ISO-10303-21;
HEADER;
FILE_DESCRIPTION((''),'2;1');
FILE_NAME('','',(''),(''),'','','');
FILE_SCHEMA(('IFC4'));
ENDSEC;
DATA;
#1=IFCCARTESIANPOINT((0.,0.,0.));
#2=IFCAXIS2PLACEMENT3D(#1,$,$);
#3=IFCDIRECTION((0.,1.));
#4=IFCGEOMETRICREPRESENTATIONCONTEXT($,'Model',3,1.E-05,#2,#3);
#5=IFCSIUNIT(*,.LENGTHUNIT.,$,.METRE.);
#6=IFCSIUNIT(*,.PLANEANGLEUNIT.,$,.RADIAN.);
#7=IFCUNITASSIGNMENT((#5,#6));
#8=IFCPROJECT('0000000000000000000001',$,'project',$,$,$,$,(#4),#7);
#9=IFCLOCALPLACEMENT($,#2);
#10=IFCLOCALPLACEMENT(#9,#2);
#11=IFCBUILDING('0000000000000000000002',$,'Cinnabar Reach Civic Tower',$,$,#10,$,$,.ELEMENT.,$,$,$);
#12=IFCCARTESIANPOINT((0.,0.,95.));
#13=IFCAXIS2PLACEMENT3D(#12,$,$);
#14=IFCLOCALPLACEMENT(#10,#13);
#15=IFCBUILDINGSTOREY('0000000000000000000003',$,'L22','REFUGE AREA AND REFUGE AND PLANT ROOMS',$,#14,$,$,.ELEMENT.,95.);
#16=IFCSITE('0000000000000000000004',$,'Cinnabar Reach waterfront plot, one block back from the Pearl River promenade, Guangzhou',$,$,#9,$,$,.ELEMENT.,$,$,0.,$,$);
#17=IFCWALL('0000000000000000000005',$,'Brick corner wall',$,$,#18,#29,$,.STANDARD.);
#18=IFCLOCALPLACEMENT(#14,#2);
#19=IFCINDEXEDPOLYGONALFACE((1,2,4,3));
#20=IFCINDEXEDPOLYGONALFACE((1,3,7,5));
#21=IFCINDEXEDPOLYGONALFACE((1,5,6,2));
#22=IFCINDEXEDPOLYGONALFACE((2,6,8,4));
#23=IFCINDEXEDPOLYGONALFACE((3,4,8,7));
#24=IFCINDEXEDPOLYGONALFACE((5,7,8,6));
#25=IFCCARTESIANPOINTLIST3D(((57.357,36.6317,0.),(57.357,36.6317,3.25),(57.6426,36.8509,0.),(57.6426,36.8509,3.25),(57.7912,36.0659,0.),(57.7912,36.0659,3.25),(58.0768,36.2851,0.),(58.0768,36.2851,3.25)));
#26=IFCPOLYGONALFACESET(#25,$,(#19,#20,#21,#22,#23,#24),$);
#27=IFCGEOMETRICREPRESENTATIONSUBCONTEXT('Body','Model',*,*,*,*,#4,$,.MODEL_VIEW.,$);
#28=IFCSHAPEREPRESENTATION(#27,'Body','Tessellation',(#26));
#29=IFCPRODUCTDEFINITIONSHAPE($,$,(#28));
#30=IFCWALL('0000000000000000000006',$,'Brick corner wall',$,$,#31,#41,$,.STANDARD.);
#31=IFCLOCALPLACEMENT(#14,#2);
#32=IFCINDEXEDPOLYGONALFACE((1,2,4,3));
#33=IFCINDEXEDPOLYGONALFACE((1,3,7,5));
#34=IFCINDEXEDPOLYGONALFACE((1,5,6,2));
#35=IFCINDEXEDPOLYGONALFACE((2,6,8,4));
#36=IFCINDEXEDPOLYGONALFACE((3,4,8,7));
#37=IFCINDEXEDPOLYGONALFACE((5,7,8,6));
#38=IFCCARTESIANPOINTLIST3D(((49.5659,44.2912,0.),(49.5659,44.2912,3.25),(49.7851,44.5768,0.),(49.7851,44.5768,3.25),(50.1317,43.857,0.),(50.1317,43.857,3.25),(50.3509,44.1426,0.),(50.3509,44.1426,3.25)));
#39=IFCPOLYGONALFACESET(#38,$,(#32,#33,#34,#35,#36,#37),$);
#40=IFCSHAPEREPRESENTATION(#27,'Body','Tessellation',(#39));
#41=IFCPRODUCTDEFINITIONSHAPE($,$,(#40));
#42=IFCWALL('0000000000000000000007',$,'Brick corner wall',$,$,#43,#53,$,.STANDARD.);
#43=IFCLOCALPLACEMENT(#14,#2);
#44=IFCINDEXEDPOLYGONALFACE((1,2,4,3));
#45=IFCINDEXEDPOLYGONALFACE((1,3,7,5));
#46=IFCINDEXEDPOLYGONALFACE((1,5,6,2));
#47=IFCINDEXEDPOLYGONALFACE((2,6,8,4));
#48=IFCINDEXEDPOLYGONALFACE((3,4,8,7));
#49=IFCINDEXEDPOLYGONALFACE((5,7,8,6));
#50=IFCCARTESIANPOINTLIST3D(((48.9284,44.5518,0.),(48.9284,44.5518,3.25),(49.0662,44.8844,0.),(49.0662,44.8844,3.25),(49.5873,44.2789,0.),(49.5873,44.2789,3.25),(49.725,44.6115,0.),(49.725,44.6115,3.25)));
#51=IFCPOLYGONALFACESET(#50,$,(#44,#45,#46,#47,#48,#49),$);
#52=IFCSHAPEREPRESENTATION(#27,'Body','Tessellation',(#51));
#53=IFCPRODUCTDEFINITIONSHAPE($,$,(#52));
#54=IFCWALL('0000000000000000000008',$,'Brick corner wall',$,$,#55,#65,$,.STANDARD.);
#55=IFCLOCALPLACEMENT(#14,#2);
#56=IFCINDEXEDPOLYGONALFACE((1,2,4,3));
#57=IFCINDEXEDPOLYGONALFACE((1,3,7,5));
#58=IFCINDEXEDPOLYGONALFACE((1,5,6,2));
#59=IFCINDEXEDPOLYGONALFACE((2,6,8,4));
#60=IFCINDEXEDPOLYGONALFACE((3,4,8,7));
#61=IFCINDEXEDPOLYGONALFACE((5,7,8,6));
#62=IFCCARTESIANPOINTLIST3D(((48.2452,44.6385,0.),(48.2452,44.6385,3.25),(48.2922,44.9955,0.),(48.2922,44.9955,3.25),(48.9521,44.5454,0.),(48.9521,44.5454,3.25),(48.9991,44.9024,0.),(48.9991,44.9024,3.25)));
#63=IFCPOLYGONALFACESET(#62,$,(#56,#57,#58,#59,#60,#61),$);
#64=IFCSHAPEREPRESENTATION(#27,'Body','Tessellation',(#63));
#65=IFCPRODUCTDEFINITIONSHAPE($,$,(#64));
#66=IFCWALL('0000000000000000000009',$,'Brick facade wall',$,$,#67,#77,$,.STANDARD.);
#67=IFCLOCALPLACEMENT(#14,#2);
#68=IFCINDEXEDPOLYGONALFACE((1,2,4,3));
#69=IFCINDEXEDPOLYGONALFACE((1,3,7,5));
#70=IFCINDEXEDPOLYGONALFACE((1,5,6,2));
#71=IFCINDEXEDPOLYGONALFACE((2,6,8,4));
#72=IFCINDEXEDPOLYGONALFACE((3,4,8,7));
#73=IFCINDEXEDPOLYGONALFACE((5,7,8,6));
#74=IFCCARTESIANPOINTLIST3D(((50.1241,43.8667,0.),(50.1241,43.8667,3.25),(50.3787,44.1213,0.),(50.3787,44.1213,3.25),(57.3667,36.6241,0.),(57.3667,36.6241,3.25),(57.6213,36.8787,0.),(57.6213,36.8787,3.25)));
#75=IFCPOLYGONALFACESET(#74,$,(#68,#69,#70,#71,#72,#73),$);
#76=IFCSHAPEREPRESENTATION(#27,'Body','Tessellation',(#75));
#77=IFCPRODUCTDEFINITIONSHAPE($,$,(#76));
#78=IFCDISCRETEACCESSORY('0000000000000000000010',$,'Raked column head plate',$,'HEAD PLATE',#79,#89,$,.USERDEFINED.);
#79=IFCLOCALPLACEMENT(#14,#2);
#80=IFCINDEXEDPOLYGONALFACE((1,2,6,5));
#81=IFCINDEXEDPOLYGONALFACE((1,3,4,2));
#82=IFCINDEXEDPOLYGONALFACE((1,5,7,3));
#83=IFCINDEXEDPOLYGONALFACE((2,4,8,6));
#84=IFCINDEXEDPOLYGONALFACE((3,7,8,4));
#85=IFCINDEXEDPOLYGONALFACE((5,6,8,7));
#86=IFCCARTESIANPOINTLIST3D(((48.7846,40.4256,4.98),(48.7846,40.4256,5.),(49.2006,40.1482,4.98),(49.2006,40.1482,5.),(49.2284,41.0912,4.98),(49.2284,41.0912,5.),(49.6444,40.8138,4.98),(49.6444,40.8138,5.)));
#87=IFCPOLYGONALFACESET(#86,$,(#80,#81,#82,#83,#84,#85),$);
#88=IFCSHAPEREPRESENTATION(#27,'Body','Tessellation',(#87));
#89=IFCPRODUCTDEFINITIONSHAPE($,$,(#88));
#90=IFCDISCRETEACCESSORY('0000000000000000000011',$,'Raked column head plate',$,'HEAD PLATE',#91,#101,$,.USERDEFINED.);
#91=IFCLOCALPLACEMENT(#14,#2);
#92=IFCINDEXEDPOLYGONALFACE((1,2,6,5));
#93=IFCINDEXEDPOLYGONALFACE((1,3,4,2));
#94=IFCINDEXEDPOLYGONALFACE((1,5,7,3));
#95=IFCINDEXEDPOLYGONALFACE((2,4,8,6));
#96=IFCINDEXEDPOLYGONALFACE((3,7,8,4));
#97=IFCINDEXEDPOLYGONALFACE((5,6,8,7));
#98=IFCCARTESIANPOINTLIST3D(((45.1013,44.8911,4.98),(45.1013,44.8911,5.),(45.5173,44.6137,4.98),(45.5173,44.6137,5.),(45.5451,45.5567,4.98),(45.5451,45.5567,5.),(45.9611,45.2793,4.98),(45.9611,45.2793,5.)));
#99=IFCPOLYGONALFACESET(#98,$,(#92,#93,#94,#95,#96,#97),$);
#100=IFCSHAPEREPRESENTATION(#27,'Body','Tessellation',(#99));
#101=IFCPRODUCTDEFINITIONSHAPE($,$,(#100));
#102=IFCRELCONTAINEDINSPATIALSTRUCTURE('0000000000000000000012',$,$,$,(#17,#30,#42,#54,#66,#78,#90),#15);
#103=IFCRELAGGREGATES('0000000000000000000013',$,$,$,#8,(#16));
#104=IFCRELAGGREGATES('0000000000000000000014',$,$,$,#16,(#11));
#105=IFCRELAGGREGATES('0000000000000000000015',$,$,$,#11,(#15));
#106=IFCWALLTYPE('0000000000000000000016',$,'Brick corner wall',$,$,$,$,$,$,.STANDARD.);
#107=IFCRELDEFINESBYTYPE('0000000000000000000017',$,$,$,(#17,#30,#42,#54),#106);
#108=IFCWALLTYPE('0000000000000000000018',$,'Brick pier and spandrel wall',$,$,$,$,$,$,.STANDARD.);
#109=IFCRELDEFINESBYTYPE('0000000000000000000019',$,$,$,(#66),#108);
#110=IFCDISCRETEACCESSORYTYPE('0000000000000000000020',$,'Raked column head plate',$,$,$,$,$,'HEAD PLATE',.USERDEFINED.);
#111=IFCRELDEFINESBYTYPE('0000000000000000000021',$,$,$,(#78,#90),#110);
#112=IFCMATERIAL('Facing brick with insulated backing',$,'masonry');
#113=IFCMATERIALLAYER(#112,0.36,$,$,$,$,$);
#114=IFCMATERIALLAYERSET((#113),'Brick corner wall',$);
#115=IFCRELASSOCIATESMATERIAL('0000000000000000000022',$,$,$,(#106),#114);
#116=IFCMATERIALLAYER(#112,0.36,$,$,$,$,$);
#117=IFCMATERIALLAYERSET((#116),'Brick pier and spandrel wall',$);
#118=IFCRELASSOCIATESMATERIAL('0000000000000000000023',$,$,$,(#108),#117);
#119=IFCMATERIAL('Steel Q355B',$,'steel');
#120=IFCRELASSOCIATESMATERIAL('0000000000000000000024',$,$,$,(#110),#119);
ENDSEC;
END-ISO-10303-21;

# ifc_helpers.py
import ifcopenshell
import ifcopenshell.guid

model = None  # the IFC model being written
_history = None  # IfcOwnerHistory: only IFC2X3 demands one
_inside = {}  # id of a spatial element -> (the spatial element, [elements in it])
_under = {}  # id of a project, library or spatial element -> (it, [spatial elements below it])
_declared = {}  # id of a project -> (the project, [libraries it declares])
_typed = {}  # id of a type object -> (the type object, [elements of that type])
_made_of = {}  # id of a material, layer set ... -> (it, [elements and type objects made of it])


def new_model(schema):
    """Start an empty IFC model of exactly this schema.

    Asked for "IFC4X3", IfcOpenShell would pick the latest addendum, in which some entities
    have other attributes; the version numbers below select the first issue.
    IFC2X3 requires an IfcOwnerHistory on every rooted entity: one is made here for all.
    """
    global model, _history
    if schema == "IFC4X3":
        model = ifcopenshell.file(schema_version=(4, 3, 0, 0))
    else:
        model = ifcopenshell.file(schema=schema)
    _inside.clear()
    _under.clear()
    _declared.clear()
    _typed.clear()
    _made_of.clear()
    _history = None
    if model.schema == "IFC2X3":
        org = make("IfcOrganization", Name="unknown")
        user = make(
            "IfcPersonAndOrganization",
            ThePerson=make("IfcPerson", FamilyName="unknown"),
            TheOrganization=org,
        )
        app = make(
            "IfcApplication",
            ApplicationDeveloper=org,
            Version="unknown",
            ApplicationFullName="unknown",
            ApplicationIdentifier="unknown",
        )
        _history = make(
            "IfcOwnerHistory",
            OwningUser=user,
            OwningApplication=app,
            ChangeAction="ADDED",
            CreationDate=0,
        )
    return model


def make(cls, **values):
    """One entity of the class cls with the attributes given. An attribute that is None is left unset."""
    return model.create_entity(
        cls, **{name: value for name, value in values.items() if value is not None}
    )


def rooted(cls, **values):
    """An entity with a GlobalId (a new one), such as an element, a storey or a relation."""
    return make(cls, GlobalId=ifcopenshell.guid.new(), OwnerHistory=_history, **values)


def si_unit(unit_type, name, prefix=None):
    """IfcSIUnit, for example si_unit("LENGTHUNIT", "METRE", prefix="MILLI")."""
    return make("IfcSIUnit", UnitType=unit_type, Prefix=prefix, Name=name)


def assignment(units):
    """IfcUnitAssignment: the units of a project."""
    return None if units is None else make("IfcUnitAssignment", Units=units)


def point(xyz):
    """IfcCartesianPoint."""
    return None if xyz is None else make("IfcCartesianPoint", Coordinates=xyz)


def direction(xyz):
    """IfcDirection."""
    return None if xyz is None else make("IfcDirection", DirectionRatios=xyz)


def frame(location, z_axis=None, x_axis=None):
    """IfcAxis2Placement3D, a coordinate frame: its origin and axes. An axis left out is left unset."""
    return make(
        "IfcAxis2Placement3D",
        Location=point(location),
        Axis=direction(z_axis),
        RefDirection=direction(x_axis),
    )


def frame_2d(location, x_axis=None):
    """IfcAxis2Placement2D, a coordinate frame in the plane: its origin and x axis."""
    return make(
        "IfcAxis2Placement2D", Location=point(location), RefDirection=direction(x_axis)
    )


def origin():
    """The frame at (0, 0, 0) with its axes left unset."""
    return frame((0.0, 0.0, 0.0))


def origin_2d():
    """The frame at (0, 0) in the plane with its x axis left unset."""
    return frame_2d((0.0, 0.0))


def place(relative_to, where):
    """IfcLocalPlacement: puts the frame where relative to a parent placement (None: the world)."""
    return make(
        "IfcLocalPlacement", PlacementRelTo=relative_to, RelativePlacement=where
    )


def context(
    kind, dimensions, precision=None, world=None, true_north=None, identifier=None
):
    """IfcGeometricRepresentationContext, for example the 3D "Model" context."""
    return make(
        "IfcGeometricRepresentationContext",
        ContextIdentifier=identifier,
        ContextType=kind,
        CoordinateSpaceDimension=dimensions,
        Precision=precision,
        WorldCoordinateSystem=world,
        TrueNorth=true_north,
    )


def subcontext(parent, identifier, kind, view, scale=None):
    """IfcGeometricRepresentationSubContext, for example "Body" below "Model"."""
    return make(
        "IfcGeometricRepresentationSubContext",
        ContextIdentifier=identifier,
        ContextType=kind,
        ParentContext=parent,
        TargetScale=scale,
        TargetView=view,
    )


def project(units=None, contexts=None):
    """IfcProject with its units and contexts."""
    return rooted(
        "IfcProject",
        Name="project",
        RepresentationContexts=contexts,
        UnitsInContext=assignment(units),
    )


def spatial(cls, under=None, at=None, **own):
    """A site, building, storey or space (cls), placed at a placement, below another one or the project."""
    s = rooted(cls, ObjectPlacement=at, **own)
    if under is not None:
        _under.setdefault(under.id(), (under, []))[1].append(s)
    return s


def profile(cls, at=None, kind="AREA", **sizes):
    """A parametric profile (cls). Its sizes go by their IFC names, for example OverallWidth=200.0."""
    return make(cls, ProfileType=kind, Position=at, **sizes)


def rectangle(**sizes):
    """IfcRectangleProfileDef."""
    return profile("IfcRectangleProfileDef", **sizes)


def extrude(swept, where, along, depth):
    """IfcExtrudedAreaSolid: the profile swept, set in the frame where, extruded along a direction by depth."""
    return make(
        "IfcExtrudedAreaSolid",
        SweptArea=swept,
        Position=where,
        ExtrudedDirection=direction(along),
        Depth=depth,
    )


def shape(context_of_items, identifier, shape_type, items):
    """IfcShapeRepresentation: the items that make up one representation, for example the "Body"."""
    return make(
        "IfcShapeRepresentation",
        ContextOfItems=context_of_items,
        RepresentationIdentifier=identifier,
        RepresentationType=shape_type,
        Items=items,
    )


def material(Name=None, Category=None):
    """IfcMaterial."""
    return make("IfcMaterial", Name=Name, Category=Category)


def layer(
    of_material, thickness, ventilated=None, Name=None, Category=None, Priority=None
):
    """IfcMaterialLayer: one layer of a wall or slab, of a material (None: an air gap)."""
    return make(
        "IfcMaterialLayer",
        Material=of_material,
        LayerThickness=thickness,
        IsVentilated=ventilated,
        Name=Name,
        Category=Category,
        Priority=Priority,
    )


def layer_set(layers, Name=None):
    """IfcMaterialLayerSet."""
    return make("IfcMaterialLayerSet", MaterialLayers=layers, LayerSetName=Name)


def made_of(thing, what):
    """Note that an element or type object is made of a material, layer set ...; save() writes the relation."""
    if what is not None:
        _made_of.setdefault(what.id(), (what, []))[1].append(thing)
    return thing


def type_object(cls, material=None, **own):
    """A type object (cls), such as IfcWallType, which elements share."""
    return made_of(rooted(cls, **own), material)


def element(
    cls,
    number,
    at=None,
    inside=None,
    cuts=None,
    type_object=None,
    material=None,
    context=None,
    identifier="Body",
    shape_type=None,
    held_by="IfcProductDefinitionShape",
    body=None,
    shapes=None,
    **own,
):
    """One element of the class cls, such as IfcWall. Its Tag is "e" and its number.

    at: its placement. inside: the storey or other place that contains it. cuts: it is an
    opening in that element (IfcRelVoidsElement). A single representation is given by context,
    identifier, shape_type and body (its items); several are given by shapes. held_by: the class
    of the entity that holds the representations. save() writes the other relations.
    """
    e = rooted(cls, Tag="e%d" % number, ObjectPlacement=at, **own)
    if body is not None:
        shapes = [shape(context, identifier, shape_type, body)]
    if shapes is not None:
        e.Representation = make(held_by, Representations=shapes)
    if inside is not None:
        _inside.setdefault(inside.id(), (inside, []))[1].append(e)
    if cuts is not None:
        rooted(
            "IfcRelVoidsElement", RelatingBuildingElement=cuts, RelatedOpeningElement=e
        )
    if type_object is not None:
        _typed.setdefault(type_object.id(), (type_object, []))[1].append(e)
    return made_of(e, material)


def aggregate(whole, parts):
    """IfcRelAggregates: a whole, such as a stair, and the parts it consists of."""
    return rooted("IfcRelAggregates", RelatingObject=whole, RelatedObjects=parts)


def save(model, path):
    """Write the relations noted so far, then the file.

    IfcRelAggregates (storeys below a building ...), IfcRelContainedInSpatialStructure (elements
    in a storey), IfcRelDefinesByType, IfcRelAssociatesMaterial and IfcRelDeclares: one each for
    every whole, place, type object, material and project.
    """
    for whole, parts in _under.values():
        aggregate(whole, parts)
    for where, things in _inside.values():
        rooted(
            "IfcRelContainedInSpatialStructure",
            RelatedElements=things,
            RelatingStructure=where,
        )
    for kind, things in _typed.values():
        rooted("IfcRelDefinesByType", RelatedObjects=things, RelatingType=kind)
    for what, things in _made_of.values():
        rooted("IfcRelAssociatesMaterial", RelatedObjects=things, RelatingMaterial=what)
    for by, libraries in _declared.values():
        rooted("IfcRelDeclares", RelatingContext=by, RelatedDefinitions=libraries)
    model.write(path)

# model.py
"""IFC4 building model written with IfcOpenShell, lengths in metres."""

from ifc_helpers import new_model, si_unit, direction, frame, frame_2d, origin, origin_2d, place, context, subcontext, project, spatial, rectangle, extrude, material, layer, layer_set, type_object, element, save


model = new_model("IFC4")

# Units and contexts
model_context = context("Model", 3, precision=1e-05, world=origin(), true_north=direction((0.0, 1.0)))
body_context = subcontext(model_context, "Body", "Model", "MODEL_VIEW")
ifc_project = project(units=[si_unit("LENGTHUNIT", "METRE"), si_unit("PLANEANGLEUNIT", "RADIAN")], contexts=[model_context])

# Site, building, storey
site_placement = place(None, origin())
site = spatial("IfcSite", under=ifc_project, at=site_placement, Name="Cinnabar Reach waterfront plot, one block back from the Pearl River promenade, Guangzhou", CompositionType="ELEMENT", RefElevation=0.0)
building_placement = place(site_placement, origin())
building = spatial("IfcBuilding", under=site, at=building_placement, Name="Cinnabar Reach Civic Tower", CompositionType="ELEMENT")
storey_placement = place(building_placement, frame((0.0, 0.0, 95.0)))
storey = spatial("IfcBuildingStorey", under=building, at=storey_placement, Name="L22", Description="REFUGE AREA AND REFUGE AND PLANT ROOMS", CompositionType="ELEMENT", Elevation=95.0)

# Shared definitions
ifc_material_1 = material(Name="Steel Q355B", Category="steel")

# Walls
ifc_material_2 = material(Name="Facing brick with insulated backing", Category="masonry")
ifc_layer_1 = layer(ifc_material_2, 0.36)
ifc_layer_set_1 = layer_set([ifc_layer_1], Name="Brick corner wall")
wall_type_1 = type_object("IfcWallType", Name="Brick corner wall", PredefinedType="STANDARD", material=ifc_layer_set_1)
for number, where, z_axis, x_axis, name in (
    (1, (57.934, 36.1755, 0.0), (0.0, 0.0, 1.0), (-0.608802, 0.793322, 0.0), "Brick corner wall"),
    (2, (50.2413, 43.9998, 0.0), (0.0, 0.0, 1.0), (-0.793322, 0.608802, 0.0), "Brick corner wall"),
):
    element("IfcWall", number, at=place(storey_placement, frame(where, z_axis=z_axis, x_axis=x_axis)), inside=storey, type_object=wall_type_1, Name=name, PredefinedType="STANDARD", context=body_context, shape_type="SweptSolid", body=[
        extrude(rectangle(XDim=0.7132, YDim=0.36, at=frame_2d((0.3566, 0.0))), origin(), (0.0, 0.0, 1.0), 3.25),
    ])
for number, where, z_axis, x_axis, name in (
    (3, (49.6561, 44.4452, 0.0), (0.0, 0.0, 1.0), (-0.923872, 0.382703, 0.0), "Brick corner wall"),
    (4, (48.9756, 44.7239, 0.0), (0.0, 0.0, 1.0), (-0.991441, 0.130556, 0.0), "Brick corner wall"),
):
    element("IfcWall", number, at=place(storey_placement, frame(where, z_axis=z_axis, x_axis=x_axis)), inside=storey, type_object=wall_type_1, Name=name, PredefinedType="STANDARD", context=body_context, shape_type="SweptSolid", body=[
        extrude(rectangle(XDim=0.7131, YDim=0.36, at=frame_2d((0.3565, 0.0))), origin(), (0.0, 0.0, 1.0), 3.25),
    ])
ifc_layer_2 = layer(ifc_material_2, 0.36)
ifc_layer_set_2 = layer_set([ifc_layer_2], Name="Brick pier and spandrel wall")
wall_type_2 = type_object("IfcWallType", Name="Brick pier and spandrel wall", PredefinedType="STANDARD", material=ifc_layer_set_2)
wall_1_placement = place(storey_placement, frame((57.494, 36.7514, 0.0), z_axis=(0.0, 0.0, 1.0), x_axis=(-0.707107, 0.707107, 0.0)))
element("IfcWall", 5, at=wall_1_placement, inside=storey, type_object=wall_type_2, Name="Brick facade wall", PredefinedType="STANDARD", context=body_context, shape_type="SweptSolid", body=[
    extrude(rectangle(XDim=10.2426, YDim=0.36, at=frame_2d((5.1213, 0.0))), origin(), (0.0, 0.0, 1.0), 3.25),
])

# Discrete accessories
discrete_accessory_type = type_object("IfcDiscreteAccessoryType", Name="Raked column head plate", ElementType="HEAD PLATE", PredefinedType="USERDEFINED", material=ifc_material_1)
for number, where, z_axis, x_axis, name in (
    (6, (49.2145, 40.6197, 4.98), (0.0, 0.0, 1.0), (-0.832051, 0.554699, 0.0), "Raked column head plate"),
    (7, (45.5312, 45.0852, 4.98), (0.0, 0.0, 1.0), (-0.832051, 0.554699, 0.0), "Raked column head plate"),
):
    element("IfcDiscreteAccessory", number, at=place(storey_placement, frame(where, z_axis=z_axis, x_axis=x_axis)), inside=storey, type_object=discrete_accessory_type, Name=name, ObjectType="HEAD PLATE", PredefinedType="USERDEFINED", context=body_context, shape_type="SweptSolid", body=[
        extrude(rectangle(XDim=0.5, YDim=0.8, at=origin_2d()), origin(), (0.0, 0.0, 1.0), 0.02),
    ])

save(model, "model.ifc")
